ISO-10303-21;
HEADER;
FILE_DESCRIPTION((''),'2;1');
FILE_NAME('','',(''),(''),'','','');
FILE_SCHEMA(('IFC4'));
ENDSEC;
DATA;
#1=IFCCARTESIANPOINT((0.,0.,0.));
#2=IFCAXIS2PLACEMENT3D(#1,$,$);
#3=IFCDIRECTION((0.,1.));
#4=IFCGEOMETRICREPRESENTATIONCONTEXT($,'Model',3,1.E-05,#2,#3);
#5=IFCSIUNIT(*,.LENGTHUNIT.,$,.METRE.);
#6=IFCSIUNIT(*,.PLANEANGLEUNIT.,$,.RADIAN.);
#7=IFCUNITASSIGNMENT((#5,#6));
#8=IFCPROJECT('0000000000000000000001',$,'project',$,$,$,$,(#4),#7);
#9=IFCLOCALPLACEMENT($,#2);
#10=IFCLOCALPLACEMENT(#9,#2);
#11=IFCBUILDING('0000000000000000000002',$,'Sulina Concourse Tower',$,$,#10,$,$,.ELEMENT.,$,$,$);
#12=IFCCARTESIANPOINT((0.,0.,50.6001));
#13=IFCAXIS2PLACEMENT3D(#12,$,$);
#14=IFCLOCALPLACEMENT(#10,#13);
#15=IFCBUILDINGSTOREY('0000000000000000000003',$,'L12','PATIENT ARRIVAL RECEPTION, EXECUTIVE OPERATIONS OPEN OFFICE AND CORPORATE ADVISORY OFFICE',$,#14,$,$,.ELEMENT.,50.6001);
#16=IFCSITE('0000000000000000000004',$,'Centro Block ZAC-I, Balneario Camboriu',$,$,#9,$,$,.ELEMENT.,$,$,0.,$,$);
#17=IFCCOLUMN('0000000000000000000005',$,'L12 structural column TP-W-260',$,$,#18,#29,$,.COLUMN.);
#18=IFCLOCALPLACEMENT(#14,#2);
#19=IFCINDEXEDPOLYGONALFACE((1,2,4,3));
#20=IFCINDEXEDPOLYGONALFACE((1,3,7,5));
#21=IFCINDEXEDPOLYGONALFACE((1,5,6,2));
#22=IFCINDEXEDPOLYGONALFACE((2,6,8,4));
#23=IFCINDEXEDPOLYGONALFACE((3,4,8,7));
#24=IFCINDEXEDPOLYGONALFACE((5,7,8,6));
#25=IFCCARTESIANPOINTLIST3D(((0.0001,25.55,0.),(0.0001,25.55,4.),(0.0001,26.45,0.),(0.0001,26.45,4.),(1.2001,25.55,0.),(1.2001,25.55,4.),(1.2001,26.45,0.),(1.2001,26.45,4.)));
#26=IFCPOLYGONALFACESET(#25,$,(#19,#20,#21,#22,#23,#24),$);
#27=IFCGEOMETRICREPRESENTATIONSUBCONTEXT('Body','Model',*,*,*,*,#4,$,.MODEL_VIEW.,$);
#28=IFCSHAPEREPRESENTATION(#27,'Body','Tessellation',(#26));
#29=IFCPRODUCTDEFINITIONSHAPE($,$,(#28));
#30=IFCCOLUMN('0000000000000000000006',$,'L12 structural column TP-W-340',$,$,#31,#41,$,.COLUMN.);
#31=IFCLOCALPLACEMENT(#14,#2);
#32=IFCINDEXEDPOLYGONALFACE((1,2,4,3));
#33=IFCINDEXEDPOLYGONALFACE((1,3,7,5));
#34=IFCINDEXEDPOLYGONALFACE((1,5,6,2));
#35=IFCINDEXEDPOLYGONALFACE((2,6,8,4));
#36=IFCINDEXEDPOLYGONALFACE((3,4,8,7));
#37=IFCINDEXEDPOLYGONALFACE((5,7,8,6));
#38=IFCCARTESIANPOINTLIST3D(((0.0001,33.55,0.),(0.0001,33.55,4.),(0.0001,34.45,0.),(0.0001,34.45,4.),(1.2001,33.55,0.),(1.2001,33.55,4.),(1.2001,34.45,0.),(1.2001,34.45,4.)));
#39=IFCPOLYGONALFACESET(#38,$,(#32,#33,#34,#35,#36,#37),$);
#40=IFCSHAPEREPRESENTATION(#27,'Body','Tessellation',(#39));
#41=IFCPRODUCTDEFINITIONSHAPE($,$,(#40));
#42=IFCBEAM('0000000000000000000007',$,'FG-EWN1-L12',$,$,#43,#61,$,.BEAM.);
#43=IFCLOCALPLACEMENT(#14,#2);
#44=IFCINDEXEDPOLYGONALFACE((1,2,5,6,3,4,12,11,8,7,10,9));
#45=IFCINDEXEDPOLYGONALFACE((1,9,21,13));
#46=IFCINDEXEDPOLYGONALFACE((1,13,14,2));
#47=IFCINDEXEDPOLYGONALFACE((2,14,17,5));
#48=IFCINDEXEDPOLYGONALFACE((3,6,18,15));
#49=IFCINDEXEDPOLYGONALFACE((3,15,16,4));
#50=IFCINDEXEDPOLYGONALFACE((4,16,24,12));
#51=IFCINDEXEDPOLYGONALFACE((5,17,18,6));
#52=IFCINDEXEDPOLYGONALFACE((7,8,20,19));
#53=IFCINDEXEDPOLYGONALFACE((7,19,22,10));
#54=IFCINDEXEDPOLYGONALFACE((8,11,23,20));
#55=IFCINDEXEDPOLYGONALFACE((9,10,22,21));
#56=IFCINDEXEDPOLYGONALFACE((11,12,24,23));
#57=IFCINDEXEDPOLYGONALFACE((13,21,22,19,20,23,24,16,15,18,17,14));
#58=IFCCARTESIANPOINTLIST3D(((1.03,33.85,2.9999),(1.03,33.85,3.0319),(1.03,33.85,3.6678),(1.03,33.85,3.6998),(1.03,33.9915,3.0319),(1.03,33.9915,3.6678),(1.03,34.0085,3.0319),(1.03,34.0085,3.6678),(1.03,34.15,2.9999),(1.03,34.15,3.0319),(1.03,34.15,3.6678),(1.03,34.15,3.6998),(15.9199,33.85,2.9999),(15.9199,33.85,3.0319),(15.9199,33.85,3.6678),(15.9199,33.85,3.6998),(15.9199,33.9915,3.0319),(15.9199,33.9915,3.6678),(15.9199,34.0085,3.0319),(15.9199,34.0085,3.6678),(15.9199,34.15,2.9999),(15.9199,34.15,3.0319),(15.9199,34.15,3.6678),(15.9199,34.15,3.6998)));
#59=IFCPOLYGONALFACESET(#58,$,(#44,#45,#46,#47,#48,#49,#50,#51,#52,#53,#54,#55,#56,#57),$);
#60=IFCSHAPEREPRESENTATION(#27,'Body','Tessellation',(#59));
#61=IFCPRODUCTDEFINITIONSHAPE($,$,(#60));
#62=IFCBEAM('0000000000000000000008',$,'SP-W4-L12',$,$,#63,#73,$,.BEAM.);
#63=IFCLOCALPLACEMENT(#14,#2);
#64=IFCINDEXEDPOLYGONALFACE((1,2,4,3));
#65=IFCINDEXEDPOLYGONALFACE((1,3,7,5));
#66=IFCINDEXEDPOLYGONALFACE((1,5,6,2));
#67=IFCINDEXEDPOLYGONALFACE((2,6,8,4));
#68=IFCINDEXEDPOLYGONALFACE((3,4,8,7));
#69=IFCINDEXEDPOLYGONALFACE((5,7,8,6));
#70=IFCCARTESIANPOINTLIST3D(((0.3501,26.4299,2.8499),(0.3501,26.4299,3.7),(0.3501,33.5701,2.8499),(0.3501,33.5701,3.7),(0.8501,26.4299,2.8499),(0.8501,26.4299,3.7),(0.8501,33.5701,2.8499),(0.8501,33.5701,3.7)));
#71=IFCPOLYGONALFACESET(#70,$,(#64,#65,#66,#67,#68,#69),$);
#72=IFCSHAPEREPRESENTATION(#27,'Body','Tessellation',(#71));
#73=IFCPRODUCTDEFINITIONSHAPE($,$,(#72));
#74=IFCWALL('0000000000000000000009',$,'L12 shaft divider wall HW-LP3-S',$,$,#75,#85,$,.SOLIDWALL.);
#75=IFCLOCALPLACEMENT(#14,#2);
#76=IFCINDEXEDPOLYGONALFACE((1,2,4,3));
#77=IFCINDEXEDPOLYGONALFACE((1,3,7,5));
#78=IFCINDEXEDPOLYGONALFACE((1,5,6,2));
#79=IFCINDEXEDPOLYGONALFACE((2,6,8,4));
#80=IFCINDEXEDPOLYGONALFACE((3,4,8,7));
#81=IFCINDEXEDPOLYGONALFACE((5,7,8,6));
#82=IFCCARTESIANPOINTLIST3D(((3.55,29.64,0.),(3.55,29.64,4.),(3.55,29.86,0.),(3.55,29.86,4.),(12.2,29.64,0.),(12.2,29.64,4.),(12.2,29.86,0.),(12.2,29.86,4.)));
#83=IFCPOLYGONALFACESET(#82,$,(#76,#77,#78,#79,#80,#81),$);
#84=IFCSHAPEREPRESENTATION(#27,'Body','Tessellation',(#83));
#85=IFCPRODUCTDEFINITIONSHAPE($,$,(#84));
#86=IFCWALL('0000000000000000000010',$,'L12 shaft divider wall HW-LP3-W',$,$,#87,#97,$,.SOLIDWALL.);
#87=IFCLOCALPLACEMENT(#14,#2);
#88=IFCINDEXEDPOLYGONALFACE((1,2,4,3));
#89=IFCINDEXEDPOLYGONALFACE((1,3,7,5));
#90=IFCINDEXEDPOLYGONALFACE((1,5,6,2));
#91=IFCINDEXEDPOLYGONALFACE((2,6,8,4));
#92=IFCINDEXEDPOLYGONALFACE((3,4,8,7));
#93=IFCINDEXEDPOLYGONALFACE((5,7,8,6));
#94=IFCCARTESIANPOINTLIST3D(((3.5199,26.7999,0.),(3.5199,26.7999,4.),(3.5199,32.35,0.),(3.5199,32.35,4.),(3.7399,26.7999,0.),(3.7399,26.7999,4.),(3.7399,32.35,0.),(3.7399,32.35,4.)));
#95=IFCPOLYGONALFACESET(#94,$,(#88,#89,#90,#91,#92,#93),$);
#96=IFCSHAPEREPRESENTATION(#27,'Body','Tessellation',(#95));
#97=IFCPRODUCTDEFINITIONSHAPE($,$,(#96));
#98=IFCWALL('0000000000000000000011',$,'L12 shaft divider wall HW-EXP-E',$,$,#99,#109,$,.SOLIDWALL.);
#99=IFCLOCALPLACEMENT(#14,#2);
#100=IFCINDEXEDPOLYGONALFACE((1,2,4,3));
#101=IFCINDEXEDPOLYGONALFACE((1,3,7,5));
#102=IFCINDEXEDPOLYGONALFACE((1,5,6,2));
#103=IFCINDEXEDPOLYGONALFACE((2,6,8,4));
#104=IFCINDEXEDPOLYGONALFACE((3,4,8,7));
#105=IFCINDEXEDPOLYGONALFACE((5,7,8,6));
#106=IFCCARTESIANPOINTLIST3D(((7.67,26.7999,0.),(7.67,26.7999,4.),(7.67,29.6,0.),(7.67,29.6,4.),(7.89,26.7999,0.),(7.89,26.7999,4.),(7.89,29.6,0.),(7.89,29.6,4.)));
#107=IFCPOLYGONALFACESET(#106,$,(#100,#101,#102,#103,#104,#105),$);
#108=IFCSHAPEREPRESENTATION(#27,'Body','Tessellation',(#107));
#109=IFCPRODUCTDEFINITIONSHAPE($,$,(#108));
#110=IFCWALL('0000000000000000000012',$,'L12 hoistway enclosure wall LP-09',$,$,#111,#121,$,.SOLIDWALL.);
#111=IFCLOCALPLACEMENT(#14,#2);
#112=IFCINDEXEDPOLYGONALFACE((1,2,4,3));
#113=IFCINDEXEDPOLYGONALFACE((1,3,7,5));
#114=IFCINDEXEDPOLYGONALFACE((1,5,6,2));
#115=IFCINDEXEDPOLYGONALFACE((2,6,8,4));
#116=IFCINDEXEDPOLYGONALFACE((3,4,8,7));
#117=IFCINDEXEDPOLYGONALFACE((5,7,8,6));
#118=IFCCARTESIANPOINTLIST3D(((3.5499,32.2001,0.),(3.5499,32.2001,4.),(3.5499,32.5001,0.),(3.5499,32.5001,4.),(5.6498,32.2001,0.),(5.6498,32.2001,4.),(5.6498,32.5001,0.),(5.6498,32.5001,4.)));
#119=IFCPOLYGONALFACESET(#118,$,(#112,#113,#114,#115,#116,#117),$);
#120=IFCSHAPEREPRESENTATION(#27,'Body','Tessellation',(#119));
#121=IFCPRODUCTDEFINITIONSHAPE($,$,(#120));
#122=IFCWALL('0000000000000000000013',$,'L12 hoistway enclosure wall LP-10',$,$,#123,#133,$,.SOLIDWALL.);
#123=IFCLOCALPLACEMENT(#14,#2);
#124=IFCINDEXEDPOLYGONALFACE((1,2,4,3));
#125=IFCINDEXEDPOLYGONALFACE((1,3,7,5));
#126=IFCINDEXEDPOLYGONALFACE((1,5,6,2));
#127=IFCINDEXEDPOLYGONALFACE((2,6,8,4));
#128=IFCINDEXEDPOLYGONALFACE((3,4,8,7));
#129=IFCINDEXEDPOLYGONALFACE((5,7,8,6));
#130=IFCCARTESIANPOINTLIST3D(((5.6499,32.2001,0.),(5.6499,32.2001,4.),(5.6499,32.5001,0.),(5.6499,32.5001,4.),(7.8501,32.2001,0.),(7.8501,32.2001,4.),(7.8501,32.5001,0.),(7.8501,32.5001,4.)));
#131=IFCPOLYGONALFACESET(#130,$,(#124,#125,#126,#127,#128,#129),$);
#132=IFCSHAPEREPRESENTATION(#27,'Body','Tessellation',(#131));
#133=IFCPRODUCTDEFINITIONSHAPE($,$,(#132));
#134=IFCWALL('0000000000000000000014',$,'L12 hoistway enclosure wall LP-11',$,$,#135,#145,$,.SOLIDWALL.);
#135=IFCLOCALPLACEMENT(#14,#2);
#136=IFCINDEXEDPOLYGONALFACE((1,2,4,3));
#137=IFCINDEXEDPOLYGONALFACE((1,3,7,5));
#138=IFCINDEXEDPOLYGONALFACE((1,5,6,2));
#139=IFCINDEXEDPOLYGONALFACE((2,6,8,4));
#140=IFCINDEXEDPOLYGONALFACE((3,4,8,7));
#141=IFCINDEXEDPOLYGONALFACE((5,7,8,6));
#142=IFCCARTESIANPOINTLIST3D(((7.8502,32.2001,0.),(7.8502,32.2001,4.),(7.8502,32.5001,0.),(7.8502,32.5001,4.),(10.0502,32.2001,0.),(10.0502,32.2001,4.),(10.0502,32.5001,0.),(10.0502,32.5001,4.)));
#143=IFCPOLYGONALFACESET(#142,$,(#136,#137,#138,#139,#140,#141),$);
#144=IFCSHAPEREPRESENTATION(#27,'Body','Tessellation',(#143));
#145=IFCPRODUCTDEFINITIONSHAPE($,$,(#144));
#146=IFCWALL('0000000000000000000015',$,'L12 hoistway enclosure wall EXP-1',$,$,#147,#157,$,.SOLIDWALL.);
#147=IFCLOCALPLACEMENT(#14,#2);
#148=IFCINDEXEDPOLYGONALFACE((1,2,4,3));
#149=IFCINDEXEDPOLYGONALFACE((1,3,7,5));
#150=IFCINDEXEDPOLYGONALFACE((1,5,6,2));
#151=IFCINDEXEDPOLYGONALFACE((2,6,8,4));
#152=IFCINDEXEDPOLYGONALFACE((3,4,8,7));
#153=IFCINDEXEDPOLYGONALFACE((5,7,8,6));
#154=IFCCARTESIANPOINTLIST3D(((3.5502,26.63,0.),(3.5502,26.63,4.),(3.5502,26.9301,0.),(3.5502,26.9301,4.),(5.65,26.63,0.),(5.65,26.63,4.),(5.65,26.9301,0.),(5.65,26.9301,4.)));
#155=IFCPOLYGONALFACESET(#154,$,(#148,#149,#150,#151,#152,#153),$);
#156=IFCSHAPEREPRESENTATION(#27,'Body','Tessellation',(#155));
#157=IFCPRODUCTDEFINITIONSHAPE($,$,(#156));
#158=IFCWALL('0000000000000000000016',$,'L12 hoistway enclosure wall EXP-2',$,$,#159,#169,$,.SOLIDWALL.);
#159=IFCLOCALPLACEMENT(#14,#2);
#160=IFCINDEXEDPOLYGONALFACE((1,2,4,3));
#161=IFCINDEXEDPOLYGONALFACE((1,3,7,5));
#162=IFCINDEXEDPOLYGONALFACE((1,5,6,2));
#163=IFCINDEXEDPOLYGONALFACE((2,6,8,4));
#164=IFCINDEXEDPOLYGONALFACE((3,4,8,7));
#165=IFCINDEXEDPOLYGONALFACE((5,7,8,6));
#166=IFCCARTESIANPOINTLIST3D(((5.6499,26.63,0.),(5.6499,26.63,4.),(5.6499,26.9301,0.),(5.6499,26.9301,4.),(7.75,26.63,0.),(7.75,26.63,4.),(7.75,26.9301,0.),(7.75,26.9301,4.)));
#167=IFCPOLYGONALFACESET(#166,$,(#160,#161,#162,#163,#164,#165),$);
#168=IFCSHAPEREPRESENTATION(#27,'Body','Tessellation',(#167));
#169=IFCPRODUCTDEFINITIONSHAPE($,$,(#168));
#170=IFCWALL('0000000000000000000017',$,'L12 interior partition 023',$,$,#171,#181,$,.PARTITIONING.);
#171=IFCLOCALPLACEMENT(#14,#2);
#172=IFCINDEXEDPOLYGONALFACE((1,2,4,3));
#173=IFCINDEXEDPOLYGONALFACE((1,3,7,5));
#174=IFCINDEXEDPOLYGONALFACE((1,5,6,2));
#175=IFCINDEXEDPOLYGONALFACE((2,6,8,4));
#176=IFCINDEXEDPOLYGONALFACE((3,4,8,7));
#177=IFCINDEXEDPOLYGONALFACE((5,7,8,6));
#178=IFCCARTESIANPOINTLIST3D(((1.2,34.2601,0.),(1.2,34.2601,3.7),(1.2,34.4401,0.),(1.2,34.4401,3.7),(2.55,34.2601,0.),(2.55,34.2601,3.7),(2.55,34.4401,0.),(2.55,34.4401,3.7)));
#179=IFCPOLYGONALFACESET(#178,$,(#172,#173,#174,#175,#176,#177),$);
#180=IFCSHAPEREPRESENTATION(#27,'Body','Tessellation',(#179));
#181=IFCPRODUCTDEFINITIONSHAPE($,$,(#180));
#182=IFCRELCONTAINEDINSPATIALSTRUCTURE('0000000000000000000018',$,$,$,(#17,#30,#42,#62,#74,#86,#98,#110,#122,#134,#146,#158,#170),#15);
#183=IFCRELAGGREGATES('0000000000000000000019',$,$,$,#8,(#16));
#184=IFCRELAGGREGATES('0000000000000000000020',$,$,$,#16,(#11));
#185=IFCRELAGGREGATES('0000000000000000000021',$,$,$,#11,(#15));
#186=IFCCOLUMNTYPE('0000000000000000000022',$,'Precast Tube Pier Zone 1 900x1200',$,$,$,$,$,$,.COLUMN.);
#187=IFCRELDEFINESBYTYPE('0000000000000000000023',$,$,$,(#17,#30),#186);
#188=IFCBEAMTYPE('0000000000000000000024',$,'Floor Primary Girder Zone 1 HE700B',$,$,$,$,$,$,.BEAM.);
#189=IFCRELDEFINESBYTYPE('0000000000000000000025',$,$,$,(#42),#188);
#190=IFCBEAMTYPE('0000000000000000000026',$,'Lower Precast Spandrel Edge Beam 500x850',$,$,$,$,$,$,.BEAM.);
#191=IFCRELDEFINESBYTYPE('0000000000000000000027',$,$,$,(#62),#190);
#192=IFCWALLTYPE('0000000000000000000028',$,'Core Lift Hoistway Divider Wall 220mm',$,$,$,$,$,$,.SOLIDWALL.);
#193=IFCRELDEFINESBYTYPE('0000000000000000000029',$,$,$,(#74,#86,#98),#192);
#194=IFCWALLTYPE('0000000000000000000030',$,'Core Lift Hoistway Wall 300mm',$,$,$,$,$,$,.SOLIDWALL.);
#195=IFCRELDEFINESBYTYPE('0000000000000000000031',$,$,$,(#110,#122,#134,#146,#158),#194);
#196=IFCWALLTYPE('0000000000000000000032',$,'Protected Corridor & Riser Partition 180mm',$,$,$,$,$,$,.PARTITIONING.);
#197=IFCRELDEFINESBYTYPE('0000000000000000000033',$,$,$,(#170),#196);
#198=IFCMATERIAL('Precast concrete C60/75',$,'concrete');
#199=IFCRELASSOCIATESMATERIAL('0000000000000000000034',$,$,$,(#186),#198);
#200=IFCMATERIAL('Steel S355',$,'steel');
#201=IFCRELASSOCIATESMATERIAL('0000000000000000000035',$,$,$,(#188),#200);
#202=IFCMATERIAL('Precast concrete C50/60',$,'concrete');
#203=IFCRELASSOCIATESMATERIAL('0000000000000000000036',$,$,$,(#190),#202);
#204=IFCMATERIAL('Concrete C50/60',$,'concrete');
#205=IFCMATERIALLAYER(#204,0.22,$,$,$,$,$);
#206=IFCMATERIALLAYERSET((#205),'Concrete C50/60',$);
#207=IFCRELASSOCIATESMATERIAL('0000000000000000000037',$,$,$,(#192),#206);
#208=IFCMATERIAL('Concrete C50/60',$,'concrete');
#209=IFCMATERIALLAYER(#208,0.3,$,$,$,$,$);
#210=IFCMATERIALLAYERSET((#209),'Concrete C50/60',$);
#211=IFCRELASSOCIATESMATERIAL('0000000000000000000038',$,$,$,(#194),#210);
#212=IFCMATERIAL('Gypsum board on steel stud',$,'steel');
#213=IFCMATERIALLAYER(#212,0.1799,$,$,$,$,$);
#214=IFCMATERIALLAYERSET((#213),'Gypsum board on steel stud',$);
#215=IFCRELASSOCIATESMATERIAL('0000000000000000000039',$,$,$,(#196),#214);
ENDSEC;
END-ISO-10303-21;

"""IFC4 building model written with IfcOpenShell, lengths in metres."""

from ifc_helpers import new_model, si_unit, direction, frame, frame_2d, origin, origin_2d, place, context, subcontext, project, spatial, rectangle, i_section, extrude, material, layer, layer_set, material_profile, profile_set, type_object, element, save


model = new_model("IFC4")

# Units and contexts
model_context = context("Model", 3, precision=1e-05, world=origin(), true_north=direction((0.0, 1.0)))
body_context = subcontext(model_context, "Body", "Model", "MODEL_VIEW")
ifc_project = project(units=[si_unit("LENGTHUNIT", "METRE"), si_unit("PLANEANGLEUNIT", "RADIAN")], contexts=[model_context])

# Site, building, storey
site_placement = place(None, origin())
site = spatial("IfcSite", under=ifc_project, at=site_placement, Name="Centro Block ZAC-I, Balneario Camboriu", CompositionType="ELEMENT", RefElevation=0.0)
building_placement = place(site_placement, origin())
building = spatial("IfcBuilding", under=site, at=building_placement, Name="Sulina Concourse Tower", CompositionType="ELEMENT")
storey_placement = place(building_placement, frame((0.0, 0.0, 50.6001)))
storey = spatial("IfcBuildingStorey", under=building, at=storey_placement, Name="L12", Description="PATIENT ARRIVAL RECEPTION, EXECUTIVE OPERATIONS OPEN OFFICE AND CORPORATE ADVISORY OFFICE", CompositionType="ELEMENT", Elevation=50.6001)

# Columns
ifc_material_1 = material(Name="Precast concrete C60/75", Category="concrete")
ifc_material_profile_1 = material_profile(ifc_material_1, rectangle(XDim=0.8999, YDim=1.2, at=origin_2d()), Name="PC 900x1200")
ifc_profile_set_1 = profile_set([ifc_material_profile_1], Name="Precast concrete C60/75")
column_type = type_object("IfcColumnType", Name="Precast Tube Pier Zone 1 900x1200", PredefinedType="COLUMN", material=ifc_profile_set_1)
for number, where, z_axis, x_axis, name in (
    (1, (0.6001, 26.0, 0.0), (0.0, 0.0, 1.0), (0.0, 1.0, 0.0), "L12 structural column TP-W-260"),
    (2, (0.6001, 34.0, 0.0), (0.0, 0.0, 1.0), (0.0, 1.0, 0.0), "L12 structural column TP-W-340"),
):
    element("IfcColumn", number, at=place(storey_placement, frame(where, z_axis=z_axis, x_axis=x_axis)), inside=storey, type_object=column_type, Name=name, PredefinedType="COLUMN", context=body_context, shape_type="SweptSolid", body=[
        extrude(rectangle(XDim=0.8999, YDim=1.2, at=origin_2d()), origin(), (0.0, 0.0, 1.0), 4.0),
    ])

# Beams
ifc_material_2 = material(Name="Steel S355", Category="steel")
ifc_material_profile_2 = material_profile(ifc_material_2, i_section(OverallWidth=0.3, OverallDepth=0.7, WebThickness=0.0171, FlangeThickness=0.032, at=origin_2d()), Name="HE 700 B")
ifc_profile_set_2 = profile_set([ifc_material_profile_2], Name="Steel S355")
beam_type_1 = type_object("IfcBeamType", Name="Floor Primary Girder Zone 1 HE700B", PredefinedType="BEAM", material=ifc_profile_set_2)
beam_1_placement = place(storey_placement, frame((1.03, 34.0, 3.3499), z_axis=(1.0, 0.0, 0.0), x_axis=(0.0, 1.0, 0.0)))
element("IfcBeam", 3, at=beam_1_placement, inside=storey, type_object=beam_type_1, Name="FG-EWN1-L12", PredefinedType="BEAM", context=body_context, shape_type="SweptSolid", body=[
    extrude(i_section(OverallWidth=0.3, OverallDepth=0.7, WebThickness=0.0171, FlangeThickness=0.032, at=origin_2d()), origin(), (0.0, 0.0, 1.0), 14.8899),
])
ifc_material_3 = material(Name="Precast concrete C50/60", Category="concrete")
ifc_material_profile_3 = material_profile(ifc_material_3, rectangle(XDim=0.5, YDim=0.8501, at=origin_2d()), Name="RC 500x850")
ifc_profile_set_3 = profile_set([ifc_material_profile_3], Name="Precast concrete C50/60")
beam_type_2 = type_object("IfcBeamType", Name="Lower Precast Spandrel Edge Beam 500x850", PredefinedType="BEAM", material=ifc_profile_set_3)
beam_2_placement = place(storey_placement, frame((0.6001, 26.4299, 3.2749), z_axis=(0.0, 1.0, 0.0), x_axis=(-1.0, 0.0, 0.0)))
element("IfcBeam", 4, at=beam_2_placement, inside=storey, type_object=beam_type_2, Name="SP-W4-L12", PredefinedType="BEAM", context=body_context, shape_type="SweptSolid", body=[
    extrude(rectangle(XDim=0.5, YDim=0.8501, at=origin_2d()), origin(), (0.0, 0.0, 1.0), 7.1401),
])

# Walls
ifc_material_4 = material(Name="Concrete C50/60", Category="concrete")
ifc_layer_1 = layer(ifc_material_4, 0.22)
ifc_layer_set_1 = layer_set([ifc_layer_1], Name="Concrete C50/60")
wall_type_1 = type_object("IfcWallType", Name="Core Lift Hoistway Divider Wall 220mm", PredefinedType="SOLIDWALL", material=ifc_layer_set_1)
wall_1_placement = place(storey_placement, frame((3.55, 29.75, 0.0), z_axis=(0.0, 0.0, 1.0), x_axis=(1.0, 0.0, 0.0)))
element("IfcWall", 5, at=wall_1_placement, inside=storey, type_object=wall_type_1, Name="L12 shaft divider wall HW-LP3-S", PredefinedType="SOLIDWALL", context=body_context, shape_type="SweptSolid", body=[
    extrude(rectangle(XDim=8.6499, YDim=0.22, at=frame_2d((4.325, 0.0))), origin(), (0.0, 0.0, 1.0), 4.0),
])
wall_2_placement = place(storey_placement, frame((3.6299, 26.8, 0.0), z_axis=(0.0, 0.0, 1.0), x_axis=(0.0, 1.0, 0.0)))
element("IfcWall", 6, at=wall_2_placement, inside=storey, type_object=wall_type_1, Name="L12 shaft divider wall HW-LP3-W", PredefinedType="SOLIDWALL", context=body_context, shape_type="SweptSolid", body=[
    extrude(rectangle(XDim=5.55, YDim=0.22, at=frame_2d((2.7749, 0.0))), origin(), (0.0, 0.0, 1.0), 4.0),
])
wall_3_placement = place(storey_placement, frame((7.78, 26.8, 0.0), z_axis=(0.0, 0.0, 1.0), x_axis=(0.0, 1.0, 0.0)))
element("IfcWall", 7, at=wall_3_placement, inside=storey, type_object=wall_type_1, Name="L12 shaft divider wall HW-EXP-E", PredefinedType="SOLIDWALL", context=body_context, shape_type="SweptSolid", body=[
    extrude(rectangle(XDim=2.8, YDim=0.22, at=frame_2d((1.3999, 0.0))), origin(), (0.0, 0.0, 1.0), 4.0),
])
ifc_material_5 = material(Name="Concrete C50/60", Category="concrete")
ifc_layer_2 = layer(ifc_material_5, 0.3)
ifc_layer_set_2 = layer_set([ifc_layer_2], Name="Concrete C50/60")
wall_type_2 = type_object("IfcWallType", Name="Core Lift Hoistway Wall 300mm", PredefinedType="SOLIDWALL", material=ifc_layer_set_2)
wall_4_placement = place(storey_placement, frame((3.55, 32.3501, 0.0), z_axis=(0.0, 0.0, 1.0), x_axis=(1.0, 0.0, 0.0)))
element("IfcWall", 8, at=wall_4_placement, inside=storey, type_object=wall_type_2, Name="L12 hoistway enclosure wall LP-09", PredefinedType="SOLIDWALL", context=body_context, shape_type="SweptSolid", body=[
    extrude(rectangle(XDim=2.0999, YDim=0.3, at=frame_2d((1.0498, 0.0))), origin(), (0.0, 0.0, 1.0), 4.0),
])
wall_5_placement = place(storey_placement, frame((5.6499, 32.3501, 0.0), z_axis=(0.0, 0.0, 1.0), x_axis=(1.0, 0.0, 0.0)))
element("IfcWall", 9, at=wall_5_placement, inside=storey, type_object=wall_type_2, Name="L12 hoistway enclosure wall LP-10", PredefinedType="SOLIDWALL", context=body_context, shape_type="SweptSolid", body=[
    extrude(rectangle(XDim=2.2002, YDim=0.3, at=frame_2d((1.1001, 0.0))), origin(), (0.0, 0.0, 1.0), 4.0),
])
wall_6_placement = place(storey_placement, frame((7.8501, 32.3501, 0.0), z_axis=(0.0, 0.0, 1.0), x_axis=(1.0, 0.0, 0.0)))
element("IfcWall", 10, at=wall_6_placement, inside=storey, type_object=wall_type_2, Name="L12 hoistway enclosure wall LP-11", PredefinedType="SOLIDWALL", context=body_context, shape_type="SweptSolid", body=[
    extrude(rectangle(XDim=2.2, YDim=0.3, at=frame_2d((1.1001, 0.0))), origin(), (0.0, 0.0, 1.0), 4.0),
])
wall_7_placement = place(storey_placement, frame((5.6499, 26.78, 0.0), z_axis=(0.0, 0.0, 1.0), x_axis=(-1.0, 0.0, 0.0)))
element("IfcWall", 11, at=wall_7_placement, inside=storey, type_object=wall_type_2, Name="L12 hoistway enclosure wall EXP-1", PredefinedType="SOLIDWALL", context=body_context, shape_type="SweptSolid", body=[
    extrude(rectangle(XDim=2.0999, YDim=0.3, at=frame_2d((1.0498, 0.0))), origin(), (0.0, 0.0, 1.0), 4.0),
])
wall_8_placement = place(storey_placement, frame((7.75, 26.78, 0.0), z_axis=(0.0, 0.0, 1.0), x_axis=(-1.0, 0.0, 0.0)))
element("IfcWall", 12, at=wall_8_placement, inside=storey, type_object=wall_type_2, Name="L12 hoistway enclosure wall EXP-2", PredefinedType="SOLIDWALL", context=body_context, shape_type="SweptSolid", body=[
    extrude(rectangle(XDim=2.1001, YDim=0.3, at=frame_2d((1.05, 0.0))), origin(), (0.0, 0.0, 1.0), 4.0),
])
ifc_material_6 = material(Name="Gypsum board on steel stud", Category="steel")
ifc_layer_3 = layer(ifc_material_6, 0.1799)
ifc_layer_set_3 = layer_set([ifc_layer_3], Name="Gypsum board on steel stud")
wall_type_3 = type_object("IfcWallType", Name="Protected Corridor & Riser Partition 180mm", PredefinedType="PARTITIONING", material=ifc_layer_set_3)
wall_9_placement = place(storey_placement, frame((1.2, 34.3501, 0.0), z_axis=(0.0, 0.0, 1.0), x_axis=(1.0, 0.0, 0.0)))
element("IfcWall", 13, at=wall_9_placement, inside=storey, type_object=wall_type_3, Name="L12 interior partition 023", PredefinedType="PARTITIONING", context=body_context, shape_type="SweptSolid", body=[
    extrude(rectangle(XDim=1.3501, YDim=0.1799, at=frame_2d((0.675, 0.0))), origin(), (0.0, 0.0, 1.0), 3.7),
])

save(model, "model.ifc")
